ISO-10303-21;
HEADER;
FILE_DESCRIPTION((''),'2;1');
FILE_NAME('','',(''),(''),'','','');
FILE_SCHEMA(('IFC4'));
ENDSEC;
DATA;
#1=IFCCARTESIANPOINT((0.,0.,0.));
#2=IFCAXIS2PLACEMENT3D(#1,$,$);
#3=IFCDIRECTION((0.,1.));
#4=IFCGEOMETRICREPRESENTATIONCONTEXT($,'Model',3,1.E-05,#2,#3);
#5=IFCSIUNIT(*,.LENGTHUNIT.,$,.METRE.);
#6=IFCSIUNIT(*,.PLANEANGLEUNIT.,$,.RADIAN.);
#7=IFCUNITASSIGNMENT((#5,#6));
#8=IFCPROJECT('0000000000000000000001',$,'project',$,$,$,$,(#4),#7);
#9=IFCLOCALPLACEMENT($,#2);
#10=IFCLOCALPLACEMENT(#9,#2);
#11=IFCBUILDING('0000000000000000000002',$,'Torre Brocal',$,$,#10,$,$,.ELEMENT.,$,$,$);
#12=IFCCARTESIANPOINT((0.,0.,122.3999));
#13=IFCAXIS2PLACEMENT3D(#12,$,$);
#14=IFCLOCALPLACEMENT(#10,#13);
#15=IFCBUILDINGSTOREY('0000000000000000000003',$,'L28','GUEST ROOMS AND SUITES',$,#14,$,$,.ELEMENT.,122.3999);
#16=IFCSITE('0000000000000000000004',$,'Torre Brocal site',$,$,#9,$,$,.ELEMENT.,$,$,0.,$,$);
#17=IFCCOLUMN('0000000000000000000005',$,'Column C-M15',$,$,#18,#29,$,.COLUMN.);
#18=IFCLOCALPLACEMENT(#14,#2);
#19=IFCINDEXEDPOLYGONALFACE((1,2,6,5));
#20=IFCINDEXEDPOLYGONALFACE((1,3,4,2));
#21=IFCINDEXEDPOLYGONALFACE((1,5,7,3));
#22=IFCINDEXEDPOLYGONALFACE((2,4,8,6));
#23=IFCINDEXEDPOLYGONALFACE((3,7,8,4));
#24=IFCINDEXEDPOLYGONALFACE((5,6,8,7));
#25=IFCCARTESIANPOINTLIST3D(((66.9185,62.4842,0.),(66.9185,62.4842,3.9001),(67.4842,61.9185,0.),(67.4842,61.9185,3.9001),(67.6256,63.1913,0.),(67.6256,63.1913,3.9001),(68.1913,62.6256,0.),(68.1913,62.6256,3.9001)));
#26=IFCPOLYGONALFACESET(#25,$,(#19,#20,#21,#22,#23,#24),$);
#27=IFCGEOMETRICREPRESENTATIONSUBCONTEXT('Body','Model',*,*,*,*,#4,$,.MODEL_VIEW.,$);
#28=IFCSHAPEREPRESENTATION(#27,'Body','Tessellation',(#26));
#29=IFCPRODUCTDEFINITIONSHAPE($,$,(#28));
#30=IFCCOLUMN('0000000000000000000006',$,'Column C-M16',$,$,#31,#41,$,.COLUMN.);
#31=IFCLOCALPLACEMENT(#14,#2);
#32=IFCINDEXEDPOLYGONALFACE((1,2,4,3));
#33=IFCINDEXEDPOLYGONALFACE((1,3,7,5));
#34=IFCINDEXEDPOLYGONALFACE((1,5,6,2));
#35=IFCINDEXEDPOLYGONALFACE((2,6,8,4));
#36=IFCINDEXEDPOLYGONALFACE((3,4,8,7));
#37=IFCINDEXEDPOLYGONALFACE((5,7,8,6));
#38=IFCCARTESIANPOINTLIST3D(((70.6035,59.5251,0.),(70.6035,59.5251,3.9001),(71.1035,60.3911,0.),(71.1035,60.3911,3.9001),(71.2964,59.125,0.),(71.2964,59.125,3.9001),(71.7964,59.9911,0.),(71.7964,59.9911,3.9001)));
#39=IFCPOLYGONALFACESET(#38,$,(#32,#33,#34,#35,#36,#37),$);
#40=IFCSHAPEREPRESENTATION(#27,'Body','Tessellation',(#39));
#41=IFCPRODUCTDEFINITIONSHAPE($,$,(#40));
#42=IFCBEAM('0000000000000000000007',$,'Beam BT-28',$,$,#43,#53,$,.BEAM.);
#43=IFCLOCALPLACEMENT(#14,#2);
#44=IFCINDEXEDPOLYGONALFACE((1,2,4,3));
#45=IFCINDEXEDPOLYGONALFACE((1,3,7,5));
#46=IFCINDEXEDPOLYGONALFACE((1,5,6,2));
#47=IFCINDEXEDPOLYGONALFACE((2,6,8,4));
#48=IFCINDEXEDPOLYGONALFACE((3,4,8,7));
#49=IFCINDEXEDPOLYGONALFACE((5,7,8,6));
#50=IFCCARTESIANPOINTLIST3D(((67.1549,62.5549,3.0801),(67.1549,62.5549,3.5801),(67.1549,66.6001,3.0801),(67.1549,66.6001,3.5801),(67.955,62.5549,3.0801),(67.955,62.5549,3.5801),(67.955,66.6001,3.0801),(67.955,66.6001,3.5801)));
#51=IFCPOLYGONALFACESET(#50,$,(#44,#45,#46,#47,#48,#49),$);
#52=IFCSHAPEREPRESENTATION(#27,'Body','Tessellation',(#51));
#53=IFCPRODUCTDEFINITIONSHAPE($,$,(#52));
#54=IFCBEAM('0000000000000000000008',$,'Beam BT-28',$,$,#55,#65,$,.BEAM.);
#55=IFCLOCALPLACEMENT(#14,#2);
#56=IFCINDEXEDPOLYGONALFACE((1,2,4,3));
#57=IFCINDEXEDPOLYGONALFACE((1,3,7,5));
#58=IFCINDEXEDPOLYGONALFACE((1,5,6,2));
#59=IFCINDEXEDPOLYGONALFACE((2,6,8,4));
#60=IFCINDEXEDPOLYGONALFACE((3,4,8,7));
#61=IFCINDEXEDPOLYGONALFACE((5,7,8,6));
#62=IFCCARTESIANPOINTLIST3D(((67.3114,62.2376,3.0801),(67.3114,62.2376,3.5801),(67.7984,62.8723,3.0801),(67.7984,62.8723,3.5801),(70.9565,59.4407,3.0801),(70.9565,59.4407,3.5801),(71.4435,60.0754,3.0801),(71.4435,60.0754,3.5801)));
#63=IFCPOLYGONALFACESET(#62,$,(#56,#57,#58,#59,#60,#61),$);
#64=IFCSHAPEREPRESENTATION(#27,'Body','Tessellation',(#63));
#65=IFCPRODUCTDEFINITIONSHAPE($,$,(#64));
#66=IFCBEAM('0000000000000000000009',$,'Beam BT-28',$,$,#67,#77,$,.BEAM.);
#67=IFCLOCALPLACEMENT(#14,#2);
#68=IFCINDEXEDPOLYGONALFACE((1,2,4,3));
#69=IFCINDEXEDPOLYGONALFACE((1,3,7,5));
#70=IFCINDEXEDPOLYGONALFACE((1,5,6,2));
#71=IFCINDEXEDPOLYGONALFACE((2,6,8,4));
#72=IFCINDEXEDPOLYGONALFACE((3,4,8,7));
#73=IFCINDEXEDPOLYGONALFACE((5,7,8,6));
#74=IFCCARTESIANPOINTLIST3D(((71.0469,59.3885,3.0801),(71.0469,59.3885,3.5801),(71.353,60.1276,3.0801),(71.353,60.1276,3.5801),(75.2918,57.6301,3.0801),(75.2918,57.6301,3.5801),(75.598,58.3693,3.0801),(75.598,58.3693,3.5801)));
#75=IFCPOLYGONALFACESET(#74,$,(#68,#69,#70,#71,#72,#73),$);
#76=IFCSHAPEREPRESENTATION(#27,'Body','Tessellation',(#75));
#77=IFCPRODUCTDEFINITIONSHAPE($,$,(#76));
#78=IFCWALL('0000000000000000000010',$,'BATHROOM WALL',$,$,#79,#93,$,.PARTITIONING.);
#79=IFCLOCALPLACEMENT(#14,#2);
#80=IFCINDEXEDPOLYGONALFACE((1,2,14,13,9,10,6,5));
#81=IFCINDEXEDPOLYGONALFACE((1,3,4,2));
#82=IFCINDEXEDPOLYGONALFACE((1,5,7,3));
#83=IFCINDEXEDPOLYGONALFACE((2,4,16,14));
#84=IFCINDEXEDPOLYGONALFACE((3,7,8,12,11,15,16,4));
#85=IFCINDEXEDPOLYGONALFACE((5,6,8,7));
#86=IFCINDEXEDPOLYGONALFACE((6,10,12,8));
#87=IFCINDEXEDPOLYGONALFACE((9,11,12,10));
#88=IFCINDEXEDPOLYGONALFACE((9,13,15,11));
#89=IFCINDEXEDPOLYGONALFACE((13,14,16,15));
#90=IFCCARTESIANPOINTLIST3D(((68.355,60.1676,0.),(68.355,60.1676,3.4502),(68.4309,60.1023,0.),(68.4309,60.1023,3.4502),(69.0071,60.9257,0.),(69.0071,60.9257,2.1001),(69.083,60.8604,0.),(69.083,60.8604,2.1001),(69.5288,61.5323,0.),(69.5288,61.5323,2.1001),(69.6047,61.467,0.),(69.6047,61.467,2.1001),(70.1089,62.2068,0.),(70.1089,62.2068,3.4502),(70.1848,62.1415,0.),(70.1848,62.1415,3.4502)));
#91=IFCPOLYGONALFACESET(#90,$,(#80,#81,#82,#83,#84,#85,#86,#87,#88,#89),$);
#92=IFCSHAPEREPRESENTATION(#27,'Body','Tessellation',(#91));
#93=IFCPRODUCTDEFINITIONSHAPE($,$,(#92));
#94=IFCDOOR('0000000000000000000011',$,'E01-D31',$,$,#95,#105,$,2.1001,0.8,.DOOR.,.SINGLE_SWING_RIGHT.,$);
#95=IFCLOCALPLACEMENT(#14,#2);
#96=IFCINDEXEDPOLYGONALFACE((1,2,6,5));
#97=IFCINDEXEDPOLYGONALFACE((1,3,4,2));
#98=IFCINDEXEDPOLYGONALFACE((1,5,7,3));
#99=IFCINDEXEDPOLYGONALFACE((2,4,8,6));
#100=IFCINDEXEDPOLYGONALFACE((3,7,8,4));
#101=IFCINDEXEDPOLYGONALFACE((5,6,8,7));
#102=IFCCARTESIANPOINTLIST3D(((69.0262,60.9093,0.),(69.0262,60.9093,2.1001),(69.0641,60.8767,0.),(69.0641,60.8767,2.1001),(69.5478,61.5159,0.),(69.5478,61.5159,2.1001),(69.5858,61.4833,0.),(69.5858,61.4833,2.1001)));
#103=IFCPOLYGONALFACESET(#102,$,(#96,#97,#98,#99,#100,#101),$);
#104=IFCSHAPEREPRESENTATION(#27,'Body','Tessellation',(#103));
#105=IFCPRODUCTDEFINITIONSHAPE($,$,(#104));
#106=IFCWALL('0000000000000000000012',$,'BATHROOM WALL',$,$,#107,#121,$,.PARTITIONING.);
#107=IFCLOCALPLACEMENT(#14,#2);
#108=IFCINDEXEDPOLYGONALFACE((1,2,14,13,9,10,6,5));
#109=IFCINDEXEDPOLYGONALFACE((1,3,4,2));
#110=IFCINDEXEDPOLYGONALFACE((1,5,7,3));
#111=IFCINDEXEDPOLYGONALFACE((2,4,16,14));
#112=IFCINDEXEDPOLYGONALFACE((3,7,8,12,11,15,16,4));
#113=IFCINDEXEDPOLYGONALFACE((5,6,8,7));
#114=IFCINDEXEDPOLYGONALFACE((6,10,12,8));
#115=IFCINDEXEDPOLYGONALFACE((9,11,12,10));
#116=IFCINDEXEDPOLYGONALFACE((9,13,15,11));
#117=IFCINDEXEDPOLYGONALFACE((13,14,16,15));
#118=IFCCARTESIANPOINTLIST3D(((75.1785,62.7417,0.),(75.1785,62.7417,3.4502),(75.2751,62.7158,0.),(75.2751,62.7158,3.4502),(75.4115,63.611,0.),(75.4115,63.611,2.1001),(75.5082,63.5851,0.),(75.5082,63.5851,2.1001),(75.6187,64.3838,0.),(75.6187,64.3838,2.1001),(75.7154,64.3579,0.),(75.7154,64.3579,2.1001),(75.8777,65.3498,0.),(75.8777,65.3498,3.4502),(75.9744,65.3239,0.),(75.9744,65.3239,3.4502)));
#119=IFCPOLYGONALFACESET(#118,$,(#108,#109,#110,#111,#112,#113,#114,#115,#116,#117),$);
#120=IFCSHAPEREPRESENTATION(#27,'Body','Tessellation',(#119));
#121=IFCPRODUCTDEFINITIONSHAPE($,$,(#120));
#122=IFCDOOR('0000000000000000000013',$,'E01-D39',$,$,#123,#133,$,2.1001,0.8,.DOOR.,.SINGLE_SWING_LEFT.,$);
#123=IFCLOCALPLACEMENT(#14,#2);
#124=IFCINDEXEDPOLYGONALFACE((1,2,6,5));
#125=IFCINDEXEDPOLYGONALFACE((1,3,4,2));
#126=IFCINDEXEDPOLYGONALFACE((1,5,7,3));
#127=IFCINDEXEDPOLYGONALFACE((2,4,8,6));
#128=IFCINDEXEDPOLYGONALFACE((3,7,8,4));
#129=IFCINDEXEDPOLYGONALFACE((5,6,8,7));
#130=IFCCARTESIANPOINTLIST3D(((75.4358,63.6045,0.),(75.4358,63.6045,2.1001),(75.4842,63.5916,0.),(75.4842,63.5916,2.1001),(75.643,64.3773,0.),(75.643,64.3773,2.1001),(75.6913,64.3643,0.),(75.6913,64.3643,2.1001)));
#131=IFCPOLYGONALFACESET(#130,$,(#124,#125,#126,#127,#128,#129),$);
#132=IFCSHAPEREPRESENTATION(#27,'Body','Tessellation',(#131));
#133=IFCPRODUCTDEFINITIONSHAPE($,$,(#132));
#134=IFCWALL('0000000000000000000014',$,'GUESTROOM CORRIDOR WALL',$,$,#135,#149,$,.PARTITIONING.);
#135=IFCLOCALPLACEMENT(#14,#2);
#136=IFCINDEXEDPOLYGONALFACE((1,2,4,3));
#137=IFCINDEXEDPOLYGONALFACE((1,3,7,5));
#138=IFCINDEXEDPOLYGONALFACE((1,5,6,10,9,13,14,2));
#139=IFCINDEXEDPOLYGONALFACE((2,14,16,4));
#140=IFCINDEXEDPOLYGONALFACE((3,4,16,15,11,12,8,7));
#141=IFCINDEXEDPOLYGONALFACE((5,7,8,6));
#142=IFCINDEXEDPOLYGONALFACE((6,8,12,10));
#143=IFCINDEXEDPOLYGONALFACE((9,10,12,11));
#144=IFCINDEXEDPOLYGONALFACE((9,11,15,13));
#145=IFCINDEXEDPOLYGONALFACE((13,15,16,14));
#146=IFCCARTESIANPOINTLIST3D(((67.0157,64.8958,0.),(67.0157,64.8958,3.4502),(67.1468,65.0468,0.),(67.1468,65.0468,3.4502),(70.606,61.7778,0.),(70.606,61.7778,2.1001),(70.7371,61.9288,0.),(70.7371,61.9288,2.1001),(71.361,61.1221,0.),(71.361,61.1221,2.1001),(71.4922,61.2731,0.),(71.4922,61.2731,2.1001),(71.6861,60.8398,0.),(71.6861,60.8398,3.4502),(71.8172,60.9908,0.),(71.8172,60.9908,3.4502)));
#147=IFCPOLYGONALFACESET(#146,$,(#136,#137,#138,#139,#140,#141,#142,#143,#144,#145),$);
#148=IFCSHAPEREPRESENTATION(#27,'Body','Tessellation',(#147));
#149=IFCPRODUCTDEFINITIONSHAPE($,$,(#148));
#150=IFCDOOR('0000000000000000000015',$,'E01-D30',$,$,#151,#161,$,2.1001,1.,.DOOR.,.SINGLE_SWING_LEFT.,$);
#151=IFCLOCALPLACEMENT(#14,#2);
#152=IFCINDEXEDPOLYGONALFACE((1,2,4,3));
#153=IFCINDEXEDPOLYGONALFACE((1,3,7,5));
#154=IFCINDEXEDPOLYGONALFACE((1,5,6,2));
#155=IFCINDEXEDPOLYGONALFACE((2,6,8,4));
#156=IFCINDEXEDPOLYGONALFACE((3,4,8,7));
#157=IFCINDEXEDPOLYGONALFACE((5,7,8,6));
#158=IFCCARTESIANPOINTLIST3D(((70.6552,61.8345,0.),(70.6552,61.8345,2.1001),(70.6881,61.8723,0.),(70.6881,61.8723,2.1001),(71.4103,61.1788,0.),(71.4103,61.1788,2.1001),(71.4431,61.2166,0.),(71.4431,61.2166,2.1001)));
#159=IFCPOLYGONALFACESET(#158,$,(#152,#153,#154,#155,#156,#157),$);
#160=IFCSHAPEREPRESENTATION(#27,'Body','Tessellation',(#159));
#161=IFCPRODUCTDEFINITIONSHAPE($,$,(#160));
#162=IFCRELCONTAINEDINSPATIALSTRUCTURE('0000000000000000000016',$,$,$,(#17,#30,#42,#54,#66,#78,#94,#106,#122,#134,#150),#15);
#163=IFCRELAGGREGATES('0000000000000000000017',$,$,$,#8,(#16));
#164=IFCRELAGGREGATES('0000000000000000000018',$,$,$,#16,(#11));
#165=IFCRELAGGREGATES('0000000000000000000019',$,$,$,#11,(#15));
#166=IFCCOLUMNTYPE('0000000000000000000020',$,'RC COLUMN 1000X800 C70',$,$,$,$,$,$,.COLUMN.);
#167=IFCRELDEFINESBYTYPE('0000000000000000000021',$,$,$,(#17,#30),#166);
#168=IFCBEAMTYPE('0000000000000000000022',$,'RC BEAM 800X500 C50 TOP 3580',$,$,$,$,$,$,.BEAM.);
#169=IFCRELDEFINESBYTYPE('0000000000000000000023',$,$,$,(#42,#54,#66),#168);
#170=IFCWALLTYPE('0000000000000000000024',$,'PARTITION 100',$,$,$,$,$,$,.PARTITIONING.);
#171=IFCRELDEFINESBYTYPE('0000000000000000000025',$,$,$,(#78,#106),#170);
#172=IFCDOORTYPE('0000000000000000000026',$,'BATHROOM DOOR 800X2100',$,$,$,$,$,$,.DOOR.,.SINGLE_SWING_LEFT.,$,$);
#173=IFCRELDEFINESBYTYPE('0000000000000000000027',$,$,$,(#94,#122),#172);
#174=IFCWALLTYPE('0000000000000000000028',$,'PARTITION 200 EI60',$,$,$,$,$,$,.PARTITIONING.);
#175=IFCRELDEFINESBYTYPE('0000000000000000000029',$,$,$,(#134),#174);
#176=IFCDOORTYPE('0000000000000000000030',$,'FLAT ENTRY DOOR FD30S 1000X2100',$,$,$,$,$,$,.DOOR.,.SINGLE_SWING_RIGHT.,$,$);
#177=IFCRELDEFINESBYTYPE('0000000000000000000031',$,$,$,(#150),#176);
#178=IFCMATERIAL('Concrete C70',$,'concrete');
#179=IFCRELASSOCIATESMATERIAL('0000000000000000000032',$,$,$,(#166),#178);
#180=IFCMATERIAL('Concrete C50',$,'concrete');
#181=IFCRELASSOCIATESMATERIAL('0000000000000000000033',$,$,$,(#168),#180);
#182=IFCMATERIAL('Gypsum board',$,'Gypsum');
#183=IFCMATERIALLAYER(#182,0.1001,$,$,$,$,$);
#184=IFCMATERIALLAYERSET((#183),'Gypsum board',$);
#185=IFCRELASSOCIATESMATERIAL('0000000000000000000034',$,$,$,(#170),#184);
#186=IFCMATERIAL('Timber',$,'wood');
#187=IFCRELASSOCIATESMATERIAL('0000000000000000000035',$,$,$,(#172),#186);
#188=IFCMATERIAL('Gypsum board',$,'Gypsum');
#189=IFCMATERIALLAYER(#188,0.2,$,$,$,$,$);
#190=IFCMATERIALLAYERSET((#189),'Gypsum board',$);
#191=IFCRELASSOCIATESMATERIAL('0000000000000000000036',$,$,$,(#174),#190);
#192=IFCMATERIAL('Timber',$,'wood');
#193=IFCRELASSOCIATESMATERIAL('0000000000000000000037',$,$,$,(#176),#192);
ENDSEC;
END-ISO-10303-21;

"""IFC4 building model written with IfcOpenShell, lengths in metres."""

from ifc_helpers import new_model, si_unit, direction, frame, frame_2d, origin, origin_2d, place, context, subcontext, project, spatial, rectangle, extrude, material, layer, layer_set, material_profile, profile_set, type_object, element, fill, save


model = new_model("IFC4")

# Units and contexts
model_context = context("Model", 3, precision=1e-05, world=origin(), true_north=direction((0.0, 1.0)))
body_context = subcontext(model_context, "Body", "Model", "MODEL_VIEW")
ifc_project = project(units=[si_unit("LENGTHUNIT", "METRE"), si_unit("PLANEANGLEUNIT", "RADIAN")], contexts=[model_context])

# Site, building, storey
site_placement = place(None, origin())
site = spatial("IfcSite", under=ifc_project, at=site_placement, Name="Torre Brocal site", CompositionType="ELEMENT", RefElevation=0.0)
building_placement = place(site_placement, origin())
building = spatial("IfcBuilding", under=site, at=building_placement, Name="Torre Brocal", CompositionType="ELEMENT")
storey_placement = place(building_placement, frame((0.0, 0.0, 122.3999)))
storey = spatial("IfcBuildingStorey", under=building, at=storey_placement, Name="L28", Description="GUEST ROOMS AND SUITES", CompositionType="ELEMENT", Elevation=122.3999)

# Columns
ifc_material_1 = material(Name="Concrete C70", Category="concrete")
ifc_material_profile_1 = material_profile(ifc_material_1, rectangle(XDim=1.0, YDim=0.8, at=origin_2d()), Name="RC 1000X800")
ifc_profile_set_1 = profile_set([ifc_material_profile_1], Name="Concrete C70")
column_type = type_object("IfcColumnType", Name="RC COLUMN 1000X800 C70", PredefinedType="COLUMN", material=ifc_profile_set_1)
for number, where, z_axis, x_axis, name in (
    (1, (67.5549, 62.5549, 0.0), (0.0, 0.0, 1.0), (-0.707107, -0.707107, 0.0), "Column C-M15"),
    (2, (71.2, 59.7581, 0.0), (0.0, 0.0, 1.0), (-0.5, -0.866025, 0.0), "Column C-M16"),
):
    element("IfcColumn", number, at=place(storey_placement, frame(where, z_axis=z_axis, x_axis=x_axis)), inside=storey, type_object=column_type, Name=name, PredefinedType="COLUMN", context=body_context, shape_type="SweptSolid", body=[
        extrude(rectangle(XDim=1.0, YDim=0.8, at=origin_2d()), origin(), (0.0, 0.0, 1.0), 3.9001),
    ])

# Beams
ifc_material_2 = material(Name="Concrete C50", Category="concrete")
ifc_material_profile_2 = material_profile(ifc_material_2, rectangle(XDim=0.8, YDim=0.5, at=origin_2d()), Name="RC 800X500")
ifc_profile_set_2 = profile_set([ifc_material_profile_2], Name="Concrete C50")
beam_type = type_object("IfcBeamType", Name="RC BEAM 800X500 C50 TOP 3580", PredefinedType="BEAM", material=ifc_profile_set_2)
beam_1_placement = place(storey_placement, frame((67.5549, 62.5549, 3.3301), z_axis=(0.0, 1.0, 0.0), x_axis=(-1.0, 0.0, 0.0)))
element("IfcBeam", 3, at=beam_1_placement, inside=storey, type_object=beam_type, Name="Beam BT-28", PredefinedType="BEAM", context=body_context, shape_type="SweptSolid", body=[
    extrude(rectangle(XDim=0.8, YDim=0.5, at=origin_2d()), origin(), (0.0, 0.0, 1.0), 4.0452),
])
beam_2_placement = place(storey_placement, frame((67.5549, 62.5549, 3.3301), z_axis=(0.793358, -0.608755, 0.0), x_axis=(0.608755, 0.793358, 0.0)))
element("IfcBeam", 4, at=beam_2_placement, inside=storey, type_object=beam_type, Name="Beam BT-28", PredefinedType="BEAM", context=body_context, shape_type="SweptSolid", body=[
    extrude(rectangle(XDim=0.8, YDim=0.5, at=origin_2d()), origin(), (0.0, 0.0, 1.0), 4.5945),
])
beam_3_placement = place(storey_placement, frame((71.2, 59.7581, 3.3301), z_axis=(0.923878, -0.382687, 0.0), x_axis=(0.382687, 0.923878, 0.0)))
element("IfcBeam", 5, at=beam_3_placement, inside=storey, type_object=beam_type, Name="Beam BT-28", PredefinedType="BEAM", context=body_context, shape_type="SweptSolid", body=[
    extrude(rectangle(XDim=0.8, YDim=0.5, at=origin_2d()), origin(), (0.0, 0.0, 1.0), 4.5947),
])

# Walls, openings, doors
ifc_material_3 = material(Name="Gypsum board", Category="Gypsum")
ifc_layer_1 = layer(ifc_material_3, 0.1001)
ifc_layer_set_1 = layer_set([ifc_layer_1], Name="Gypsum board")
wall_type_1 = type_object("IfcWallType", Name="PARTITION 100", PredefinedType="PARTITIONING", material=ifc_layer_set_1)
wall_1_placement = place(storey_placement, frame((68.3931, 60.135, 0.0), z_axis=(0.0, 0.0, 1.0), x_axis=(0.652061, 0.758166, 0.0)))
wall_1 = element("IfcWall", 6, at=wall_1_placement, inside=storey, type_object=wall_type_1, Name="BATHROOM WALL", PredefinedType="PARTITIONING", context=body_context, shape_type="SweptSolid", body=[
    extrude(rectangle(XDim=2.6897, YDim=0.1001, at=frame_2d((1.3447, 0.0))), origin(), (0.0, 0.0, 1.0), 3.4502),
])
opening_1_placement = place(wall_1_placement, frame((1.0, 0.0, 0.0)))
opening_1 = element("IfcOpeningElement", 7, at=opening_1_placement, cuts=wall_1, PredefinedType="OPENING", context=body_context, shape_type="SweptSolid", body=[
    extrude(rectangle(XDim=0.8, YDim=2.1001, at=frame_2d((0.3999, 1.05))), frame((0.0, 0.0601, 0.0), z_axis=(0.0, -1.0, 0.0), x_axis=(1.0, 0.0, 0.0)), (0.0, 0.0, 1.0), 0.1201),
])
ifc_material_4 = material(Name="Timber", Category="wood")
door_type_1 = type_object("IfcDoorType", Name="BATHROOM DOOR 800X2100", OperationType="SINGLE_SWING_LEFT", PredefinedType="DOOR", material=ifc_material_4)
door_1_placement = place(opening_1_placement, origin())
door_1 = element("IfcDoor", 8, at=door_1_placement, inside=storey, type_object=door_type_1, Name="E01-D31", OperationType="SINGLE_SWING_RIGHT", OverallHeight=2.1001, OverallWidth=0.8, PredefinedType="DOOR", context=body_context, shape_type="SweptSolid", body=[
    extrude(rectangle(XDim=0.8, YDim=2.1001, at=frame_2d((0.3999, 1.05))), frame((0.0, 0.0249, 0.0), z_axis=(0.0, -1.0, 0.0), x_axis=(1.0, 0.0, 0.0)), (0.0, 0.0, 1.0), 0.05),
])
fill(opening_1, door_1)
wall_2_placement = place(storey_placement, frame((75.2268, 62.7288, 0.0), z_axis=(0.0, 0.0, 1.0), x_axis=(0.258945, 0.965892, 0.0)))
wall_2 = element("IfcWall", 9, at=wall_2_placement, inside=storey, type_object=wall_type_1, Name="BATHROOM WALL", PredefinedType="PARTITIONING", context=body_context, shape_type="SweptSolid", body=[
    extrude(rectangle(XDim=2.7002, YDim=0.1001, at=frame_2d((1.3501, 0.0))), origin(), (0.0, 0.0, 1.0), 3.4502),
])
opening_2_placement = place(wall_2_placement, frame((0.9001, 0.0, 0.0)))
opening_2 = element("IfcOpeningElement", 10, at=opening_2_placement, cuts=wall_2, PredefinedType="OPENING", context=body_context, shape_type="SweptSolid", body=[
    extrude(rectangle(XDim=0.8, YDim=2.1001, at=frame_2d((0.3999, 1.05))), frame((0.0, 0.0601, 0.0), z_axis=(0.0, -1.0, 0.0), x_axis=(1.0, 0.0, 0.0)), (0.0, 0.0, 1.0), 0.1201),
])
door_2_placement = place(opening_2_placement, origin())
door_2 = element("IfcDoor", 11, at=door_2_placement, inside=storey, type_object=door_type_1, Name="E01-D39", OperationType="SINGLE_SWING_LEFT", OverallHeight=2.1001, OverallWidth=0.8, PredefinedType="DOOR", context=body_context, shape_type="SweptSolid", body=[
    extrude(rectangle(XDim=0.8, YDim=2.1001, at=frame_2d((0.3999, 1.05))), frame((0.0, 0.0249, 0.0), z_axis=(0.0, -1.0, 0.0), x_axis=(1.0, 0.0, 0.0)), (0.0, 0.0, 1.0), 0.05),
])
fill(opening_2, door_2)
ifc_material_5 = material(Name="Gypsum board", Category="Gypsum")
ifc_layer_2 = layer(ifc_material_5, 0.2)
ifc_layer_set_2 = layer_set([ifc_layer_2], Name="Gypsum board")
wall_type_2 = type_object("IfcWallType", Name="PARTITION 200 EI60", PredefinedType="PARTITIONING", material=ifc_layer_set_2)
wall_3_placement = place(storey_placement, frame((67.0813, 64.9712, 0.0), z_axis=(0.0, 0.0, 1.0), x_axis=(0.755031, -0.655689, 0.0)))
wall_3 = element("IfcWall", 12, at=wall_3_placement, inside=storey, type_object=wall_type_2, Name="GUESTROOM CORRIDOR WALL", PredefinedType="PARTITIONING", context=body_context, shape_type="SweptSolid", body=[
    extrude(rectangle(XDim=6.1858, YDim=0.2, at=frame_2d((3.0928, 0.0))), origin(), (0.0, 0.0, 1.0), 3.4502),
])
opening_3_placement = place(wall_3_placement, frame((4.7551, 0.0, 0.0)))
opening_3 = element("IfcOpeningElement", 13, at=opening_3_placement, cuts=wall_3, PredefinedType="OPENING", context=body_context, shape_type="SweptSolid", body=[
    extrude(rectangle(XDim=1.0, YDim=2.1001, at=frame_2d((0.5, 1.05))), frame((0.0, 0.1099, 0.0), z_axis=(0.0, -1.0, 0.0), x_axis=(1.0, 0.0, 0.0)), (0.0, 0.0, 1.0), 0.22),
])
ifc_material_6 = material(Name="Timber", Category="wood")
door_type_2 = type_object("IfcDoorType", Name="FLAT ENTRY DOOR FD30S 1000X2100", OperationType="SINGLE_SWING_RIGHT", PredefinedType="DOOR", material=ifc_material_6)
door_3_placement = place(opening_3_placement, frame((1.0, 0.0, 0.0), z_axis=(0.0, 0.0, 1.0), x_axis=(-1.0, 0.0, 0.0)))
door_3 = element("IfcDoor", 14, at=door_3_placement, inside=storey, type_object=door_type_2, Name="E01-D30", OperationType="SINGLE_SWING_LEFT", OverallHeight=2.1001, OverallWidth=1.0, PredefinedType="DOOR", context=body_context, shape_type="SweptSolid", body=[
    extrude(rectangle(XDim=1.0, YDim=2.1001, at=frame_2d((0.5, 1.05))), frame((0.0, 0.0249, 0.0), z_axis=(0.0, -1.0, 0.0), x_axis=(1.0, 0.0, 0.0)), (0.0, 0.0, 1.0), 0.05),
])
fill(opening_3, door_3)

save(model, "model.ifc")
